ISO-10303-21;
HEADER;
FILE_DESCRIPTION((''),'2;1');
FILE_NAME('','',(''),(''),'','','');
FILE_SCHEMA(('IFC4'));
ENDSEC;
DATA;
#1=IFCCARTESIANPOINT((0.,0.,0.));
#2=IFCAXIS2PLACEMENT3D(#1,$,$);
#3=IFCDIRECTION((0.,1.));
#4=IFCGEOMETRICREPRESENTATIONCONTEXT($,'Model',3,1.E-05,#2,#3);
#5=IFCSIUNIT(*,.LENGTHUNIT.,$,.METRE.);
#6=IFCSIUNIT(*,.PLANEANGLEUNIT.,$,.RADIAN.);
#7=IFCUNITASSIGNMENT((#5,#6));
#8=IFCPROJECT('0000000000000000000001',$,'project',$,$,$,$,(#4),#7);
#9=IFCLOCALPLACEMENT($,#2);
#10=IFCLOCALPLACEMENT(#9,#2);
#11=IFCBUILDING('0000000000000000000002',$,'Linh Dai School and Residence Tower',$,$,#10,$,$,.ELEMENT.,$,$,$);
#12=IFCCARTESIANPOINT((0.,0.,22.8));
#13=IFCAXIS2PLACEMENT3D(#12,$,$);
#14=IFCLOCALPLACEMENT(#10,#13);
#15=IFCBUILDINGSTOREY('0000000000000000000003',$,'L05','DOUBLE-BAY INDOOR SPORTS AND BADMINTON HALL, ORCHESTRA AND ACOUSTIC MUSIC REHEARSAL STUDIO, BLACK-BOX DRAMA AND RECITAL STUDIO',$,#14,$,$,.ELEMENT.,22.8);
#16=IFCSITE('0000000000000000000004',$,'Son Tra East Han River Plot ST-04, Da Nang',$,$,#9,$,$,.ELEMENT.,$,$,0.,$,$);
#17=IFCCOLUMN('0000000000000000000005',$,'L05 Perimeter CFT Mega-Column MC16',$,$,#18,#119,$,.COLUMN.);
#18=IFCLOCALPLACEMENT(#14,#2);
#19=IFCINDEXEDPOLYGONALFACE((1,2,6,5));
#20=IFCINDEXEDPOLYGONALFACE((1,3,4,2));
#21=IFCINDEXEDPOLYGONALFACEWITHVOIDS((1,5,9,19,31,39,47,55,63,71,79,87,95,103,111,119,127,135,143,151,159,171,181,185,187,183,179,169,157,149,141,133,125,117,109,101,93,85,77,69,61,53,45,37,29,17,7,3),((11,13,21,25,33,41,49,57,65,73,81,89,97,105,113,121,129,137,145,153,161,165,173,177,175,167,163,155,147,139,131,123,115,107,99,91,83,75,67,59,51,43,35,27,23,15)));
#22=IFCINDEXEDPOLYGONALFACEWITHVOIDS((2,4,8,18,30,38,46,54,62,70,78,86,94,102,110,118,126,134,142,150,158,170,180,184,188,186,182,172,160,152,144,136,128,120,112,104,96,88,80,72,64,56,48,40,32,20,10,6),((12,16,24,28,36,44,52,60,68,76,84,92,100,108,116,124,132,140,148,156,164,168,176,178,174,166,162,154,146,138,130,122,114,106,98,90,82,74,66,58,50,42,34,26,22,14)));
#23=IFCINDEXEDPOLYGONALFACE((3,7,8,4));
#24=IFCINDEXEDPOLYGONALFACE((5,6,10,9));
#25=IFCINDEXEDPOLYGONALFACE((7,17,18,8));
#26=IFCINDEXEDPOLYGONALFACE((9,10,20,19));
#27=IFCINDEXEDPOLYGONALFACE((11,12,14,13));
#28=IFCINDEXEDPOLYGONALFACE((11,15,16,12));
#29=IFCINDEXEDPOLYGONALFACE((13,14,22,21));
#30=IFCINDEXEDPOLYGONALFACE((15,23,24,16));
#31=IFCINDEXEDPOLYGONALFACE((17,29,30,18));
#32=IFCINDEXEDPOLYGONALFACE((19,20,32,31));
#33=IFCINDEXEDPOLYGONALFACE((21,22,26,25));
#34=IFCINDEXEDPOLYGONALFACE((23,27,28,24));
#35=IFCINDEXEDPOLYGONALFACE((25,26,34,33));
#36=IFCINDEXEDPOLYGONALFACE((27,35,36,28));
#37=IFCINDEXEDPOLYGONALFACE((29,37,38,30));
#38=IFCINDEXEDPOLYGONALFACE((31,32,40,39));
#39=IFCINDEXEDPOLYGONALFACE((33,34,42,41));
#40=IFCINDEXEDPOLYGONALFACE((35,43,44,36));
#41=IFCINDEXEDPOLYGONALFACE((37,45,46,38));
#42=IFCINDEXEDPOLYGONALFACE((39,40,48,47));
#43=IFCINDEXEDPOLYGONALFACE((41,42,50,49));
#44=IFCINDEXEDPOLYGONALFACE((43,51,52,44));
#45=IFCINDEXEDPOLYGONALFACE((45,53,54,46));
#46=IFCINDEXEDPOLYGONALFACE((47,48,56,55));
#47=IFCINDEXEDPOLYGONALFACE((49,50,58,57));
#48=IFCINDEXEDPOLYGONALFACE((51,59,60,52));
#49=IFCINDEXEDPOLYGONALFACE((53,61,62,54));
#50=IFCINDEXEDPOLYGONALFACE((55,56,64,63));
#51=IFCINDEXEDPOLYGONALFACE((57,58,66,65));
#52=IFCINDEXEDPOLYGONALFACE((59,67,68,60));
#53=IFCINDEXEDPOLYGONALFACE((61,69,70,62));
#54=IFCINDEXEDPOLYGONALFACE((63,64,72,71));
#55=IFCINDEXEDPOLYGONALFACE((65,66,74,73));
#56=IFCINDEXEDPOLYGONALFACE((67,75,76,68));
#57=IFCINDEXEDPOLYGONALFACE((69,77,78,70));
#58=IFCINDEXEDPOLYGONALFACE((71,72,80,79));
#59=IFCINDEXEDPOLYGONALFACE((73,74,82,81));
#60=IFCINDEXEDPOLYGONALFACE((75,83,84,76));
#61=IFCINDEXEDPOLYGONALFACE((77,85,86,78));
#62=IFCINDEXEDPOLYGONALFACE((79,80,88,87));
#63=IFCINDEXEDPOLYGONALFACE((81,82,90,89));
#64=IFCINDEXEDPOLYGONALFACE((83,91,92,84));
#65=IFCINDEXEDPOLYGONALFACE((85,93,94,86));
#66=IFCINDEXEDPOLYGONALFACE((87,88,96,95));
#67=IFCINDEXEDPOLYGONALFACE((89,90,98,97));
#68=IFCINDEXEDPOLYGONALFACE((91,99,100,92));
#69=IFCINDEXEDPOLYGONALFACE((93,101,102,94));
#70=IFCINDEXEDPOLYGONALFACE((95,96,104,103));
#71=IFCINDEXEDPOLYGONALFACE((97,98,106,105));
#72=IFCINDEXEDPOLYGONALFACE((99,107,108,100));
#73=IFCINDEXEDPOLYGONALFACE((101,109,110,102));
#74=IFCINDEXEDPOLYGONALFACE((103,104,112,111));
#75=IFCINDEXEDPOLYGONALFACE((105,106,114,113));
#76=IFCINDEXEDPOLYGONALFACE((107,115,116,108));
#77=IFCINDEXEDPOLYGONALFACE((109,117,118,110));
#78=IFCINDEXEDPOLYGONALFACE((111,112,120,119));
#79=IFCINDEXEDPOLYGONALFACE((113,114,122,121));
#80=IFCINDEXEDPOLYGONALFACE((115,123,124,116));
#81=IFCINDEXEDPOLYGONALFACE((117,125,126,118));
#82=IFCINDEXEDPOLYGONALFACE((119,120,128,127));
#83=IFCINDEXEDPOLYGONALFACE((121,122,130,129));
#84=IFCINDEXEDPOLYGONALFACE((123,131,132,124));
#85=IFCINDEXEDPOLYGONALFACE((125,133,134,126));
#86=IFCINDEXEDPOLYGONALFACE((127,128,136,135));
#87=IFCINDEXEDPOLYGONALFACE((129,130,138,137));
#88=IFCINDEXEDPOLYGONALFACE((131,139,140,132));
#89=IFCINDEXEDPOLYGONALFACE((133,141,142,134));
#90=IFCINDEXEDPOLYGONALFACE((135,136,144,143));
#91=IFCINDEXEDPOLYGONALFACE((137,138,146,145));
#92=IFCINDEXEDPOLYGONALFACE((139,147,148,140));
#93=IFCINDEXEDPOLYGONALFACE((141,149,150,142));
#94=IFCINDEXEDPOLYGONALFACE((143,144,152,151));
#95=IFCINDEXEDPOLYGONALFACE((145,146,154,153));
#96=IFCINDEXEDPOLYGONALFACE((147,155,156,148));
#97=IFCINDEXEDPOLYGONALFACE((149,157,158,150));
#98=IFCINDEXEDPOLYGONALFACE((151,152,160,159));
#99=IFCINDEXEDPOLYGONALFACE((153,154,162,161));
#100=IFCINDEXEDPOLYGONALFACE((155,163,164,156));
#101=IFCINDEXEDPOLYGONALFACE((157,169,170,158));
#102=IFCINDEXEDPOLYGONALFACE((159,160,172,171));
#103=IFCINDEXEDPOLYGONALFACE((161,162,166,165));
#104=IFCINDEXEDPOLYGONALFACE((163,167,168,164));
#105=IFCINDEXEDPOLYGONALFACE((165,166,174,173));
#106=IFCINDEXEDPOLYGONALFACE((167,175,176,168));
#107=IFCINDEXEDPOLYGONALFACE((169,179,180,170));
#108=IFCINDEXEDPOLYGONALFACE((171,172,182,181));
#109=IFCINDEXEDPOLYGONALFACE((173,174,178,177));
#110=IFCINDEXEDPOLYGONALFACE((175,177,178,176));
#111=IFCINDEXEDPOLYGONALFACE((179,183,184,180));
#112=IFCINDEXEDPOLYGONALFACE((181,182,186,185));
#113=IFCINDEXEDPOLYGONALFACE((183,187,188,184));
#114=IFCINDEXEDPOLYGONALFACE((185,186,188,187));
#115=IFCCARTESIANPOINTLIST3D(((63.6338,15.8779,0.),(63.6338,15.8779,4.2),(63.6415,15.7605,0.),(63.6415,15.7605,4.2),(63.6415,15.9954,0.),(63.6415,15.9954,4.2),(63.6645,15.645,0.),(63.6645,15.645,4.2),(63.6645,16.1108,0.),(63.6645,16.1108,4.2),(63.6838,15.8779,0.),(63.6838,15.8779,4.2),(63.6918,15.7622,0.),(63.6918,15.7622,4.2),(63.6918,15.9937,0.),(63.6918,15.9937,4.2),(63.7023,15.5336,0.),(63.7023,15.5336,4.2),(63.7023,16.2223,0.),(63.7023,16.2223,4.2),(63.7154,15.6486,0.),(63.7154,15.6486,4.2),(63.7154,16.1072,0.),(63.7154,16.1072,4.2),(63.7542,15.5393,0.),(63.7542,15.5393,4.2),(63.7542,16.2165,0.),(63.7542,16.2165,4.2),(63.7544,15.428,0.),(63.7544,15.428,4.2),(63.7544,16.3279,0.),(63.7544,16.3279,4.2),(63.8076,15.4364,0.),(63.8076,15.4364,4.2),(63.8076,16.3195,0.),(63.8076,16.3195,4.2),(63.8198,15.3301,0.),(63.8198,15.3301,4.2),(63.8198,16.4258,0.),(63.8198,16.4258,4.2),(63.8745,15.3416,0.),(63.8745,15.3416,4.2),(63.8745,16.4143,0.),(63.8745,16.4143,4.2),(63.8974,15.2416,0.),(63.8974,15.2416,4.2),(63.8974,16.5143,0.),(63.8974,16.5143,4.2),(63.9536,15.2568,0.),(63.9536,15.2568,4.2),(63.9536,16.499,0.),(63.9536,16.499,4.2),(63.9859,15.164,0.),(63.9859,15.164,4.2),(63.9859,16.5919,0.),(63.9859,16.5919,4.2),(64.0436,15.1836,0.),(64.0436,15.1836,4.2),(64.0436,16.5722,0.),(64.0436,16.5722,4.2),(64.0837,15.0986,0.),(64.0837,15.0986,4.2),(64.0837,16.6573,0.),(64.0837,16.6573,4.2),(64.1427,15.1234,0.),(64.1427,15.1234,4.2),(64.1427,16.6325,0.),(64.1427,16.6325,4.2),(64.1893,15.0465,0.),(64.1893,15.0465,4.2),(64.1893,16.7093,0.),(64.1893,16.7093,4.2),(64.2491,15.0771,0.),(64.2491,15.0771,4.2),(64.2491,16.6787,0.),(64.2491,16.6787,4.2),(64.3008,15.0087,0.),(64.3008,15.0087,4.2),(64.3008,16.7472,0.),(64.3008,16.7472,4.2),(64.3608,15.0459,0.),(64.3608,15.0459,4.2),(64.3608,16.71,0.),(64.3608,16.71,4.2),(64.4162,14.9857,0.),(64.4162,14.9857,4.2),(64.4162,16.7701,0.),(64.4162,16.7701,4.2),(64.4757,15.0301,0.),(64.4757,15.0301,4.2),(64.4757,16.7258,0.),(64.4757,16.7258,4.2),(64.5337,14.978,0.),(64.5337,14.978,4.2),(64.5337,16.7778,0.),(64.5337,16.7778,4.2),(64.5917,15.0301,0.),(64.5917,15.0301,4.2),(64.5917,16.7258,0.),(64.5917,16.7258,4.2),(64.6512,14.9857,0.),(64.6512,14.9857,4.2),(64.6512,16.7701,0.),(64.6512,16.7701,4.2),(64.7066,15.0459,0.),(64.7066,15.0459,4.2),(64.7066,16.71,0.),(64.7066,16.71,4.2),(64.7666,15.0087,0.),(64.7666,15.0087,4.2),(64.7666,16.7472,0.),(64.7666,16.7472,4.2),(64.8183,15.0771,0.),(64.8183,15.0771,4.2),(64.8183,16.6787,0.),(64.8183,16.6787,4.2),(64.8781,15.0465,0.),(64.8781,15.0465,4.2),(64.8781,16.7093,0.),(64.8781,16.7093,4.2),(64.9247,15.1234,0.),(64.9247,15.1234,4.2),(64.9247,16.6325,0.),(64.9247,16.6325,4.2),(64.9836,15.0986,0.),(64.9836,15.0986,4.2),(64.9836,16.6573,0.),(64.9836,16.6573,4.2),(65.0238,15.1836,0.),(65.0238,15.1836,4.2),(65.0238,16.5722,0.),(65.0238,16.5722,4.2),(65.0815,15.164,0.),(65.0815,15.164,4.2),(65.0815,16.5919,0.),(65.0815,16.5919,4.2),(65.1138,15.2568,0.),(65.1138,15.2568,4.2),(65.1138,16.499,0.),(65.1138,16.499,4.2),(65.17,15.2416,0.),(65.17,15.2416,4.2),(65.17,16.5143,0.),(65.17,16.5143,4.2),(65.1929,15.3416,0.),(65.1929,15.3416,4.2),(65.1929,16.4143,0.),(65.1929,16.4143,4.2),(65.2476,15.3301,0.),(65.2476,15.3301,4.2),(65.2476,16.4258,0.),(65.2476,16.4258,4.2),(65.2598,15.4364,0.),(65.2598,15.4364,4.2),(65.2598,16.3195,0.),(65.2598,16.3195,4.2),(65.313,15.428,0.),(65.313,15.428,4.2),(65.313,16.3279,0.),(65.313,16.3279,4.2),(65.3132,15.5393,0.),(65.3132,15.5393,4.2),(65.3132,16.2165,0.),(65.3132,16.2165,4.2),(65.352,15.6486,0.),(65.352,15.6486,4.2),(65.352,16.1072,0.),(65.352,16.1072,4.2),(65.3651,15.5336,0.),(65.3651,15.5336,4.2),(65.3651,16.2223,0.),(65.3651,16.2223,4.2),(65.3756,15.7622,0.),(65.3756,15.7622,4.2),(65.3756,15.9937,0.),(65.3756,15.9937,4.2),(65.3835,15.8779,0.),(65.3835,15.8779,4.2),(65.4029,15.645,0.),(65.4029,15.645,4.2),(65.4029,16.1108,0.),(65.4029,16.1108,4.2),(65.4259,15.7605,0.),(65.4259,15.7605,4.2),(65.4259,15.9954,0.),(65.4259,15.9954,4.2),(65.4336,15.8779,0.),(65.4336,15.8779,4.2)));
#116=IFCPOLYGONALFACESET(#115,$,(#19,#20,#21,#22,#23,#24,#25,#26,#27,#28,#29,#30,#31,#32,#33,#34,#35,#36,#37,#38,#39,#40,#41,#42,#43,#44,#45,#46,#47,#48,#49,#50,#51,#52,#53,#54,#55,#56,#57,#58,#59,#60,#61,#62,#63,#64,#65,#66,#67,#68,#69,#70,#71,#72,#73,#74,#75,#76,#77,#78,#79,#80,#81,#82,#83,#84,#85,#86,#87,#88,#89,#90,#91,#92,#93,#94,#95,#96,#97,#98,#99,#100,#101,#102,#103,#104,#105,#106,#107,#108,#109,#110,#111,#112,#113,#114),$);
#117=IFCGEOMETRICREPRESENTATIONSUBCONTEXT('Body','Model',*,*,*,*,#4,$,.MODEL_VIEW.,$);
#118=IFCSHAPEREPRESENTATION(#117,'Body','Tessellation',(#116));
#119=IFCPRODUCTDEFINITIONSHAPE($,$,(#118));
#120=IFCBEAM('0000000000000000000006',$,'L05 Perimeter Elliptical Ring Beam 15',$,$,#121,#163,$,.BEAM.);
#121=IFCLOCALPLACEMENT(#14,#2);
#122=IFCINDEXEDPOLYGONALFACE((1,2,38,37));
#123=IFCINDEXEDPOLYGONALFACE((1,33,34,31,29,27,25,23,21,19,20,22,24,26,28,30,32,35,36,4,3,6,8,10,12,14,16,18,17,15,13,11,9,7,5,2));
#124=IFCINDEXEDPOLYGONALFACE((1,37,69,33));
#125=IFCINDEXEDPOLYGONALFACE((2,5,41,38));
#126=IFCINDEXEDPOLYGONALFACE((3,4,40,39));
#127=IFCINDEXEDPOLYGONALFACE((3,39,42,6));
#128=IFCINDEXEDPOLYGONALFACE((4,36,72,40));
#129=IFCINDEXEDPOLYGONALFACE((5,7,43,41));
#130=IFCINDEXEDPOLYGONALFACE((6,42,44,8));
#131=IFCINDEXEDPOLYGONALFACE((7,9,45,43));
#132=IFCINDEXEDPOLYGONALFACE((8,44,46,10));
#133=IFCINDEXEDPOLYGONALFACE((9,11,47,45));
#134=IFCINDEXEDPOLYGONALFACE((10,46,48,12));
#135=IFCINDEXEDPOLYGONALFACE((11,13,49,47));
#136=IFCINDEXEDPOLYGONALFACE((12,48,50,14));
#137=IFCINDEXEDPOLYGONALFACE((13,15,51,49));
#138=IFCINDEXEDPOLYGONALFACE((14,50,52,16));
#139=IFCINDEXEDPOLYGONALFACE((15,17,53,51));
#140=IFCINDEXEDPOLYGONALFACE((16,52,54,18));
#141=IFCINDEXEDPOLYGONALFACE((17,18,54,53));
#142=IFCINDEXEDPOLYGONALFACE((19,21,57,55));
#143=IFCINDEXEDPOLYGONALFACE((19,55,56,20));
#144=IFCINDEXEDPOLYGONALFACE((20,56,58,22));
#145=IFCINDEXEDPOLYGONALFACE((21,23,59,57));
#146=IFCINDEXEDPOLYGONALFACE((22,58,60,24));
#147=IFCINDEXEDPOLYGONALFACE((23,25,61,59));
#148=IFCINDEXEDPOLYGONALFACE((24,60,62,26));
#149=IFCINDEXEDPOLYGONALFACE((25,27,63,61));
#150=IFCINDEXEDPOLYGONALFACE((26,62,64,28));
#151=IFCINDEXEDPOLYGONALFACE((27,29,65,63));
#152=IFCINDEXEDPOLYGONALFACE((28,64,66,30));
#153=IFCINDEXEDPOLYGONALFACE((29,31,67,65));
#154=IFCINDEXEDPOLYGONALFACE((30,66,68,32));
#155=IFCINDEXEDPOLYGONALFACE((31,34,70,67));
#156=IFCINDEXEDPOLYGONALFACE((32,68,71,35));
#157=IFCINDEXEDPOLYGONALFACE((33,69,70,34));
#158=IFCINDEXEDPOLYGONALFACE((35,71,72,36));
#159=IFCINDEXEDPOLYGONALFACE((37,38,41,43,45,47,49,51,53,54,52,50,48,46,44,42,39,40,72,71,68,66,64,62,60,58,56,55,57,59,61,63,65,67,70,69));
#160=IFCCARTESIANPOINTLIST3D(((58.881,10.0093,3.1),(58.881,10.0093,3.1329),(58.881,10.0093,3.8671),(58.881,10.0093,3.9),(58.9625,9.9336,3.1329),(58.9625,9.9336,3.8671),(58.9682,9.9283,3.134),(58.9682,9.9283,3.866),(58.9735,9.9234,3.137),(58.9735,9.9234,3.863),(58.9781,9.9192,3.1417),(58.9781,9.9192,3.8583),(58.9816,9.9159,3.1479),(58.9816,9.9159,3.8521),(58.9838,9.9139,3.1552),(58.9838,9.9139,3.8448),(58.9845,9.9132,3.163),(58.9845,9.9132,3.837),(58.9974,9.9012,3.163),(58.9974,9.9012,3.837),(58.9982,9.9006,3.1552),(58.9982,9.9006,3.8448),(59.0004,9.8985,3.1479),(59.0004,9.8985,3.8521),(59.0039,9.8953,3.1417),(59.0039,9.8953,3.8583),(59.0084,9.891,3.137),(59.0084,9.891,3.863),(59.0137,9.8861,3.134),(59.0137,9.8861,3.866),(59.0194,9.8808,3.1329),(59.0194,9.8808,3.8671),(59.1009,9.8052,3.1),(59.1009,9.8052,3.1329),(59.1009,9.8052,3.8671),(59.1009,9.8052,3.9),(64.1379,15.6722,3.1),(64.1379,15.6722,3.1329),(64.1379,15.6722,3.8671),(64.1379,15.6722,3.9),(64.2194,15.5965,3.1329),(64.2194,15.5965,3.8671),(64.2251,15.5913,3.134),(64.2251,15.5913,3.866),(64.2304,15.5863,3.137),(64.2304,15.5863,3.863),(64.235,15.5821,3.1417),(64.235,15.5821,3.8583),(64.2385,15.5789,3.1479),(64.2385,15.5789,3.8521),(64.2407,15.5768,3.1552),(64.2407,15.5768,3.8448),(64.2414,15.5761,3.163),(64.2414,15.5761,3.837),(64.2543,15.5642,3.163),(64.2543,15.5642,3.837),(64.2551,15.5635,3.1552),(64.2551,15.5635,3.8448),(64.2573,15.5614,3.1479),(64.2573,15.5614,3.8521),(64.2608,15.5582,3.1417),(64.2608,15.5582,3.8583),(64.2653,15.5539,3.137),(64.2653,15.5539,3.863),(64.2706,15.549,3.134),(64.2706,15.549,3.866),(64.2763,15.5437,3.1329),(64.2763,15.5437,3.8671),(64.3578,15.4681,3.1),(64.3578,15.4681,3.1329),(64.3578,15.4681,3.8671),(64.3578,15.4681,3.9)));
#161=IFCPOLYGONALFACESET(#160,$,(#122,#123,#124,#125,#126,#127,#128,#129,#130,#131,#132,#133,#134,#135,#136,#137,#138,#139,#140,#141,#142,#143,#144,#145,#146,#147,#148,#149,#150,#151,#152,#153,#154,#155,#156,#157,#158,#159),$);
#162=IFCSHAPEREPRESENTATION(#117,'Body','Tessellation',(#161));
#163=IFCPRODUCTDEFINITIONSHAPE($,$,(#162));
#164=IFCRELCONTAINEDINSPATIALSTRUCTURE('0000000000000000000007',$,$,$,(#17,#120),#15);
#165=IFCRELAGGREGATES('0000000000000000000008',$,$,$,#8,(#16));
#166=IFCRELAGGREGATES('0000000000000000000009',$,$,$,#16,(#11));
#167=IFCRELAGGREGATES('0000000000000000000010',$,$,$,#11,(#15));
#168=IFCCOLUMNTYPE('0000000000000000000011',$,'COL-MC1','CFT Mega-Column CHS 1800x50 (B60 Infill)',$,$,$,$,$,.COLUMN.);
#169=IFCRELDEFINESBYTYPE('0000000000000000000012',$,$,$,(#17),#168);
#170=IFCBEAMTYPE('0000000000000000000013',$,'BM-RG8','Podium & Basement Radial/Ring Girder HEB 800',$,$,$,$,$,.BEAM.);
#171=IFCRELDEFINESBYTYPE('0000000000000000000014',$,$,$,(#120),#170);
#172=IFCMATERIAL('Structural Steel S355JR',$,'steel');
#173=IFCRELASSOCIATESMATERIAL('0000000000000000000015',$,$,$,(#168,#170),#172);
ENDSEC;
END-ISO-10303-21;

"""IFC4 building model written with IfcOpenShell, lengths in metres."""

from ifc_helpers import new_model, si_unit, direction, frame, origin, origin_2d, place, context, subcontext, project, spatial, hollow_circle, i_section, extrude, material, material_profile, profile_set, type_object, element, save


model = new_model("IFC4")

# Units and contexts
model_context = context("Model", 3, precision=1e-05, world=origin(), true_north=direction((0.0, 1.0)))
body_context = subcontext(model_context, "Body", "Model", "MODEL_VIEW")
ifc_project = project(units=[si_unit("LENGTHUNIT", "METRE"), si_unit("PLANEANGLEUNIT", "RADIAN")], contexts=[model_context])

# Site, building, storey
site_placement = place(None, origin())
site = spatial("IfcSite", under=ifc_project, at=site_placement, Name="Son Tra East Han River Plot ST-04, Da Nang", CompositionType="ELEMENT", RefElevation=0.0)
building_placement = place(site_placement, origin())
building = spatial("IfcBuilding", under=site, at=building_placement, Name="Linh Dai School and Residence Tower", CompositionType="ELEMENT")
storey_placement = place(building_placement, frame((0.0, 0.0, 22.8)))
storey = spatial("IfcBuildingStorey", under=building, at=storey_placement, Name="L05", Description="DOUBLE-BAY INDOOR SPORTS AND BADMINTON HALL, ORCHESTRA AND ACOUSTIC MUSIC REHEARSAL STUDIO, BLACK-BOX DRAMA AND RECITAL STUDIO", CompositionType="ELEMENT", Elevation=22.8)

# Column
ifc_material_1 = material(Name="Structural Steel S355JR", Category="steel")
ifc_material_profile_1 = material_profile(ifc_material_1, hollow_circle(Radius=0.8999, WallThickness=0.05, at=origin_2d()), Name="CHS 1800x50")
ifc_profile_set_1 = profile_set([ifc_material_profile_1], Name="Structural Steel S355JR")
column_type_1 = type_object("IfcColumnType", Name="COL-MC1", Description="CFT Mega-Column CHS 1800x50 (B60 Infill)", PredefinedType="COLUMN", material=ifc_profile_set_1)
for number, where, z_axis, x_axis, name in (
    (1, (64.5337, 15.8779, 0.0), (0.0, 0.0, 1.0), (1.0, 0.0, 0.0), "L05 Perimeter CFT Mega-Column MC16"),
):
    element("IfcColumn", number, at=place(storey_placement, frame(where, z_axis=z_axis, x_axis=x_axis)), inside=storey, type_object=column_type_1, Name=name, PredefinedType="COLUMN", context=body_context, shape_type="SweptSolid", body=[
        extrude(hollow_circle(Radius=0.8999, WallThickness=0.05, at=origin_2d()), origin(), (0.0, 0.0, 1.0), 4.2),
    ])

# Beam
ifc_material_profile_2 = material_profile(ifc_material_1, i_section(OverallWidth=0.3, OverallDepth=0.8, WebThickness=0.0176, FlangeThickness=0.033, FilletRadius=0.03, at=origin_2d()), Name="HEB 800")
ifc_profile_set_2 = profile_set([ifc_material_profile_2], Name="Structural Steel S355JR")
beam_type = type_object("IfcBeamType", Name="BM-RG8", Description="Podium & Basement Radial/Ring Girder HEB 800", PredefinedType="BEAM", material=ifc_profile_set_2)
beam_1_placement = place(storey_placement, frame((58.991, 9.9072, 3.5), z_axis=(0.680346, 0.732891, 0.0), x_axis=(-0.732891, 0.680346, 0.0)))
element("IfcBeam", 2, at=beam_1_placement, inside=storey, type_object=beam_type, Name="L05 Perimeter Elliptical Ring Beam 15", PredefinedType="BEAM", context=body_context, shape_type="SweptSolid", body=[
    extrude(i_section(OverallWidth=0.3, OverallDepth=0.8, WebThickness=0.0176, FlangeThickness=0.033, FilletRadius=0.03, at=origin_2d()), origin(), (0.0, 0.0, 1.0), 7.7268),
])

save(model, "model.ifc")
